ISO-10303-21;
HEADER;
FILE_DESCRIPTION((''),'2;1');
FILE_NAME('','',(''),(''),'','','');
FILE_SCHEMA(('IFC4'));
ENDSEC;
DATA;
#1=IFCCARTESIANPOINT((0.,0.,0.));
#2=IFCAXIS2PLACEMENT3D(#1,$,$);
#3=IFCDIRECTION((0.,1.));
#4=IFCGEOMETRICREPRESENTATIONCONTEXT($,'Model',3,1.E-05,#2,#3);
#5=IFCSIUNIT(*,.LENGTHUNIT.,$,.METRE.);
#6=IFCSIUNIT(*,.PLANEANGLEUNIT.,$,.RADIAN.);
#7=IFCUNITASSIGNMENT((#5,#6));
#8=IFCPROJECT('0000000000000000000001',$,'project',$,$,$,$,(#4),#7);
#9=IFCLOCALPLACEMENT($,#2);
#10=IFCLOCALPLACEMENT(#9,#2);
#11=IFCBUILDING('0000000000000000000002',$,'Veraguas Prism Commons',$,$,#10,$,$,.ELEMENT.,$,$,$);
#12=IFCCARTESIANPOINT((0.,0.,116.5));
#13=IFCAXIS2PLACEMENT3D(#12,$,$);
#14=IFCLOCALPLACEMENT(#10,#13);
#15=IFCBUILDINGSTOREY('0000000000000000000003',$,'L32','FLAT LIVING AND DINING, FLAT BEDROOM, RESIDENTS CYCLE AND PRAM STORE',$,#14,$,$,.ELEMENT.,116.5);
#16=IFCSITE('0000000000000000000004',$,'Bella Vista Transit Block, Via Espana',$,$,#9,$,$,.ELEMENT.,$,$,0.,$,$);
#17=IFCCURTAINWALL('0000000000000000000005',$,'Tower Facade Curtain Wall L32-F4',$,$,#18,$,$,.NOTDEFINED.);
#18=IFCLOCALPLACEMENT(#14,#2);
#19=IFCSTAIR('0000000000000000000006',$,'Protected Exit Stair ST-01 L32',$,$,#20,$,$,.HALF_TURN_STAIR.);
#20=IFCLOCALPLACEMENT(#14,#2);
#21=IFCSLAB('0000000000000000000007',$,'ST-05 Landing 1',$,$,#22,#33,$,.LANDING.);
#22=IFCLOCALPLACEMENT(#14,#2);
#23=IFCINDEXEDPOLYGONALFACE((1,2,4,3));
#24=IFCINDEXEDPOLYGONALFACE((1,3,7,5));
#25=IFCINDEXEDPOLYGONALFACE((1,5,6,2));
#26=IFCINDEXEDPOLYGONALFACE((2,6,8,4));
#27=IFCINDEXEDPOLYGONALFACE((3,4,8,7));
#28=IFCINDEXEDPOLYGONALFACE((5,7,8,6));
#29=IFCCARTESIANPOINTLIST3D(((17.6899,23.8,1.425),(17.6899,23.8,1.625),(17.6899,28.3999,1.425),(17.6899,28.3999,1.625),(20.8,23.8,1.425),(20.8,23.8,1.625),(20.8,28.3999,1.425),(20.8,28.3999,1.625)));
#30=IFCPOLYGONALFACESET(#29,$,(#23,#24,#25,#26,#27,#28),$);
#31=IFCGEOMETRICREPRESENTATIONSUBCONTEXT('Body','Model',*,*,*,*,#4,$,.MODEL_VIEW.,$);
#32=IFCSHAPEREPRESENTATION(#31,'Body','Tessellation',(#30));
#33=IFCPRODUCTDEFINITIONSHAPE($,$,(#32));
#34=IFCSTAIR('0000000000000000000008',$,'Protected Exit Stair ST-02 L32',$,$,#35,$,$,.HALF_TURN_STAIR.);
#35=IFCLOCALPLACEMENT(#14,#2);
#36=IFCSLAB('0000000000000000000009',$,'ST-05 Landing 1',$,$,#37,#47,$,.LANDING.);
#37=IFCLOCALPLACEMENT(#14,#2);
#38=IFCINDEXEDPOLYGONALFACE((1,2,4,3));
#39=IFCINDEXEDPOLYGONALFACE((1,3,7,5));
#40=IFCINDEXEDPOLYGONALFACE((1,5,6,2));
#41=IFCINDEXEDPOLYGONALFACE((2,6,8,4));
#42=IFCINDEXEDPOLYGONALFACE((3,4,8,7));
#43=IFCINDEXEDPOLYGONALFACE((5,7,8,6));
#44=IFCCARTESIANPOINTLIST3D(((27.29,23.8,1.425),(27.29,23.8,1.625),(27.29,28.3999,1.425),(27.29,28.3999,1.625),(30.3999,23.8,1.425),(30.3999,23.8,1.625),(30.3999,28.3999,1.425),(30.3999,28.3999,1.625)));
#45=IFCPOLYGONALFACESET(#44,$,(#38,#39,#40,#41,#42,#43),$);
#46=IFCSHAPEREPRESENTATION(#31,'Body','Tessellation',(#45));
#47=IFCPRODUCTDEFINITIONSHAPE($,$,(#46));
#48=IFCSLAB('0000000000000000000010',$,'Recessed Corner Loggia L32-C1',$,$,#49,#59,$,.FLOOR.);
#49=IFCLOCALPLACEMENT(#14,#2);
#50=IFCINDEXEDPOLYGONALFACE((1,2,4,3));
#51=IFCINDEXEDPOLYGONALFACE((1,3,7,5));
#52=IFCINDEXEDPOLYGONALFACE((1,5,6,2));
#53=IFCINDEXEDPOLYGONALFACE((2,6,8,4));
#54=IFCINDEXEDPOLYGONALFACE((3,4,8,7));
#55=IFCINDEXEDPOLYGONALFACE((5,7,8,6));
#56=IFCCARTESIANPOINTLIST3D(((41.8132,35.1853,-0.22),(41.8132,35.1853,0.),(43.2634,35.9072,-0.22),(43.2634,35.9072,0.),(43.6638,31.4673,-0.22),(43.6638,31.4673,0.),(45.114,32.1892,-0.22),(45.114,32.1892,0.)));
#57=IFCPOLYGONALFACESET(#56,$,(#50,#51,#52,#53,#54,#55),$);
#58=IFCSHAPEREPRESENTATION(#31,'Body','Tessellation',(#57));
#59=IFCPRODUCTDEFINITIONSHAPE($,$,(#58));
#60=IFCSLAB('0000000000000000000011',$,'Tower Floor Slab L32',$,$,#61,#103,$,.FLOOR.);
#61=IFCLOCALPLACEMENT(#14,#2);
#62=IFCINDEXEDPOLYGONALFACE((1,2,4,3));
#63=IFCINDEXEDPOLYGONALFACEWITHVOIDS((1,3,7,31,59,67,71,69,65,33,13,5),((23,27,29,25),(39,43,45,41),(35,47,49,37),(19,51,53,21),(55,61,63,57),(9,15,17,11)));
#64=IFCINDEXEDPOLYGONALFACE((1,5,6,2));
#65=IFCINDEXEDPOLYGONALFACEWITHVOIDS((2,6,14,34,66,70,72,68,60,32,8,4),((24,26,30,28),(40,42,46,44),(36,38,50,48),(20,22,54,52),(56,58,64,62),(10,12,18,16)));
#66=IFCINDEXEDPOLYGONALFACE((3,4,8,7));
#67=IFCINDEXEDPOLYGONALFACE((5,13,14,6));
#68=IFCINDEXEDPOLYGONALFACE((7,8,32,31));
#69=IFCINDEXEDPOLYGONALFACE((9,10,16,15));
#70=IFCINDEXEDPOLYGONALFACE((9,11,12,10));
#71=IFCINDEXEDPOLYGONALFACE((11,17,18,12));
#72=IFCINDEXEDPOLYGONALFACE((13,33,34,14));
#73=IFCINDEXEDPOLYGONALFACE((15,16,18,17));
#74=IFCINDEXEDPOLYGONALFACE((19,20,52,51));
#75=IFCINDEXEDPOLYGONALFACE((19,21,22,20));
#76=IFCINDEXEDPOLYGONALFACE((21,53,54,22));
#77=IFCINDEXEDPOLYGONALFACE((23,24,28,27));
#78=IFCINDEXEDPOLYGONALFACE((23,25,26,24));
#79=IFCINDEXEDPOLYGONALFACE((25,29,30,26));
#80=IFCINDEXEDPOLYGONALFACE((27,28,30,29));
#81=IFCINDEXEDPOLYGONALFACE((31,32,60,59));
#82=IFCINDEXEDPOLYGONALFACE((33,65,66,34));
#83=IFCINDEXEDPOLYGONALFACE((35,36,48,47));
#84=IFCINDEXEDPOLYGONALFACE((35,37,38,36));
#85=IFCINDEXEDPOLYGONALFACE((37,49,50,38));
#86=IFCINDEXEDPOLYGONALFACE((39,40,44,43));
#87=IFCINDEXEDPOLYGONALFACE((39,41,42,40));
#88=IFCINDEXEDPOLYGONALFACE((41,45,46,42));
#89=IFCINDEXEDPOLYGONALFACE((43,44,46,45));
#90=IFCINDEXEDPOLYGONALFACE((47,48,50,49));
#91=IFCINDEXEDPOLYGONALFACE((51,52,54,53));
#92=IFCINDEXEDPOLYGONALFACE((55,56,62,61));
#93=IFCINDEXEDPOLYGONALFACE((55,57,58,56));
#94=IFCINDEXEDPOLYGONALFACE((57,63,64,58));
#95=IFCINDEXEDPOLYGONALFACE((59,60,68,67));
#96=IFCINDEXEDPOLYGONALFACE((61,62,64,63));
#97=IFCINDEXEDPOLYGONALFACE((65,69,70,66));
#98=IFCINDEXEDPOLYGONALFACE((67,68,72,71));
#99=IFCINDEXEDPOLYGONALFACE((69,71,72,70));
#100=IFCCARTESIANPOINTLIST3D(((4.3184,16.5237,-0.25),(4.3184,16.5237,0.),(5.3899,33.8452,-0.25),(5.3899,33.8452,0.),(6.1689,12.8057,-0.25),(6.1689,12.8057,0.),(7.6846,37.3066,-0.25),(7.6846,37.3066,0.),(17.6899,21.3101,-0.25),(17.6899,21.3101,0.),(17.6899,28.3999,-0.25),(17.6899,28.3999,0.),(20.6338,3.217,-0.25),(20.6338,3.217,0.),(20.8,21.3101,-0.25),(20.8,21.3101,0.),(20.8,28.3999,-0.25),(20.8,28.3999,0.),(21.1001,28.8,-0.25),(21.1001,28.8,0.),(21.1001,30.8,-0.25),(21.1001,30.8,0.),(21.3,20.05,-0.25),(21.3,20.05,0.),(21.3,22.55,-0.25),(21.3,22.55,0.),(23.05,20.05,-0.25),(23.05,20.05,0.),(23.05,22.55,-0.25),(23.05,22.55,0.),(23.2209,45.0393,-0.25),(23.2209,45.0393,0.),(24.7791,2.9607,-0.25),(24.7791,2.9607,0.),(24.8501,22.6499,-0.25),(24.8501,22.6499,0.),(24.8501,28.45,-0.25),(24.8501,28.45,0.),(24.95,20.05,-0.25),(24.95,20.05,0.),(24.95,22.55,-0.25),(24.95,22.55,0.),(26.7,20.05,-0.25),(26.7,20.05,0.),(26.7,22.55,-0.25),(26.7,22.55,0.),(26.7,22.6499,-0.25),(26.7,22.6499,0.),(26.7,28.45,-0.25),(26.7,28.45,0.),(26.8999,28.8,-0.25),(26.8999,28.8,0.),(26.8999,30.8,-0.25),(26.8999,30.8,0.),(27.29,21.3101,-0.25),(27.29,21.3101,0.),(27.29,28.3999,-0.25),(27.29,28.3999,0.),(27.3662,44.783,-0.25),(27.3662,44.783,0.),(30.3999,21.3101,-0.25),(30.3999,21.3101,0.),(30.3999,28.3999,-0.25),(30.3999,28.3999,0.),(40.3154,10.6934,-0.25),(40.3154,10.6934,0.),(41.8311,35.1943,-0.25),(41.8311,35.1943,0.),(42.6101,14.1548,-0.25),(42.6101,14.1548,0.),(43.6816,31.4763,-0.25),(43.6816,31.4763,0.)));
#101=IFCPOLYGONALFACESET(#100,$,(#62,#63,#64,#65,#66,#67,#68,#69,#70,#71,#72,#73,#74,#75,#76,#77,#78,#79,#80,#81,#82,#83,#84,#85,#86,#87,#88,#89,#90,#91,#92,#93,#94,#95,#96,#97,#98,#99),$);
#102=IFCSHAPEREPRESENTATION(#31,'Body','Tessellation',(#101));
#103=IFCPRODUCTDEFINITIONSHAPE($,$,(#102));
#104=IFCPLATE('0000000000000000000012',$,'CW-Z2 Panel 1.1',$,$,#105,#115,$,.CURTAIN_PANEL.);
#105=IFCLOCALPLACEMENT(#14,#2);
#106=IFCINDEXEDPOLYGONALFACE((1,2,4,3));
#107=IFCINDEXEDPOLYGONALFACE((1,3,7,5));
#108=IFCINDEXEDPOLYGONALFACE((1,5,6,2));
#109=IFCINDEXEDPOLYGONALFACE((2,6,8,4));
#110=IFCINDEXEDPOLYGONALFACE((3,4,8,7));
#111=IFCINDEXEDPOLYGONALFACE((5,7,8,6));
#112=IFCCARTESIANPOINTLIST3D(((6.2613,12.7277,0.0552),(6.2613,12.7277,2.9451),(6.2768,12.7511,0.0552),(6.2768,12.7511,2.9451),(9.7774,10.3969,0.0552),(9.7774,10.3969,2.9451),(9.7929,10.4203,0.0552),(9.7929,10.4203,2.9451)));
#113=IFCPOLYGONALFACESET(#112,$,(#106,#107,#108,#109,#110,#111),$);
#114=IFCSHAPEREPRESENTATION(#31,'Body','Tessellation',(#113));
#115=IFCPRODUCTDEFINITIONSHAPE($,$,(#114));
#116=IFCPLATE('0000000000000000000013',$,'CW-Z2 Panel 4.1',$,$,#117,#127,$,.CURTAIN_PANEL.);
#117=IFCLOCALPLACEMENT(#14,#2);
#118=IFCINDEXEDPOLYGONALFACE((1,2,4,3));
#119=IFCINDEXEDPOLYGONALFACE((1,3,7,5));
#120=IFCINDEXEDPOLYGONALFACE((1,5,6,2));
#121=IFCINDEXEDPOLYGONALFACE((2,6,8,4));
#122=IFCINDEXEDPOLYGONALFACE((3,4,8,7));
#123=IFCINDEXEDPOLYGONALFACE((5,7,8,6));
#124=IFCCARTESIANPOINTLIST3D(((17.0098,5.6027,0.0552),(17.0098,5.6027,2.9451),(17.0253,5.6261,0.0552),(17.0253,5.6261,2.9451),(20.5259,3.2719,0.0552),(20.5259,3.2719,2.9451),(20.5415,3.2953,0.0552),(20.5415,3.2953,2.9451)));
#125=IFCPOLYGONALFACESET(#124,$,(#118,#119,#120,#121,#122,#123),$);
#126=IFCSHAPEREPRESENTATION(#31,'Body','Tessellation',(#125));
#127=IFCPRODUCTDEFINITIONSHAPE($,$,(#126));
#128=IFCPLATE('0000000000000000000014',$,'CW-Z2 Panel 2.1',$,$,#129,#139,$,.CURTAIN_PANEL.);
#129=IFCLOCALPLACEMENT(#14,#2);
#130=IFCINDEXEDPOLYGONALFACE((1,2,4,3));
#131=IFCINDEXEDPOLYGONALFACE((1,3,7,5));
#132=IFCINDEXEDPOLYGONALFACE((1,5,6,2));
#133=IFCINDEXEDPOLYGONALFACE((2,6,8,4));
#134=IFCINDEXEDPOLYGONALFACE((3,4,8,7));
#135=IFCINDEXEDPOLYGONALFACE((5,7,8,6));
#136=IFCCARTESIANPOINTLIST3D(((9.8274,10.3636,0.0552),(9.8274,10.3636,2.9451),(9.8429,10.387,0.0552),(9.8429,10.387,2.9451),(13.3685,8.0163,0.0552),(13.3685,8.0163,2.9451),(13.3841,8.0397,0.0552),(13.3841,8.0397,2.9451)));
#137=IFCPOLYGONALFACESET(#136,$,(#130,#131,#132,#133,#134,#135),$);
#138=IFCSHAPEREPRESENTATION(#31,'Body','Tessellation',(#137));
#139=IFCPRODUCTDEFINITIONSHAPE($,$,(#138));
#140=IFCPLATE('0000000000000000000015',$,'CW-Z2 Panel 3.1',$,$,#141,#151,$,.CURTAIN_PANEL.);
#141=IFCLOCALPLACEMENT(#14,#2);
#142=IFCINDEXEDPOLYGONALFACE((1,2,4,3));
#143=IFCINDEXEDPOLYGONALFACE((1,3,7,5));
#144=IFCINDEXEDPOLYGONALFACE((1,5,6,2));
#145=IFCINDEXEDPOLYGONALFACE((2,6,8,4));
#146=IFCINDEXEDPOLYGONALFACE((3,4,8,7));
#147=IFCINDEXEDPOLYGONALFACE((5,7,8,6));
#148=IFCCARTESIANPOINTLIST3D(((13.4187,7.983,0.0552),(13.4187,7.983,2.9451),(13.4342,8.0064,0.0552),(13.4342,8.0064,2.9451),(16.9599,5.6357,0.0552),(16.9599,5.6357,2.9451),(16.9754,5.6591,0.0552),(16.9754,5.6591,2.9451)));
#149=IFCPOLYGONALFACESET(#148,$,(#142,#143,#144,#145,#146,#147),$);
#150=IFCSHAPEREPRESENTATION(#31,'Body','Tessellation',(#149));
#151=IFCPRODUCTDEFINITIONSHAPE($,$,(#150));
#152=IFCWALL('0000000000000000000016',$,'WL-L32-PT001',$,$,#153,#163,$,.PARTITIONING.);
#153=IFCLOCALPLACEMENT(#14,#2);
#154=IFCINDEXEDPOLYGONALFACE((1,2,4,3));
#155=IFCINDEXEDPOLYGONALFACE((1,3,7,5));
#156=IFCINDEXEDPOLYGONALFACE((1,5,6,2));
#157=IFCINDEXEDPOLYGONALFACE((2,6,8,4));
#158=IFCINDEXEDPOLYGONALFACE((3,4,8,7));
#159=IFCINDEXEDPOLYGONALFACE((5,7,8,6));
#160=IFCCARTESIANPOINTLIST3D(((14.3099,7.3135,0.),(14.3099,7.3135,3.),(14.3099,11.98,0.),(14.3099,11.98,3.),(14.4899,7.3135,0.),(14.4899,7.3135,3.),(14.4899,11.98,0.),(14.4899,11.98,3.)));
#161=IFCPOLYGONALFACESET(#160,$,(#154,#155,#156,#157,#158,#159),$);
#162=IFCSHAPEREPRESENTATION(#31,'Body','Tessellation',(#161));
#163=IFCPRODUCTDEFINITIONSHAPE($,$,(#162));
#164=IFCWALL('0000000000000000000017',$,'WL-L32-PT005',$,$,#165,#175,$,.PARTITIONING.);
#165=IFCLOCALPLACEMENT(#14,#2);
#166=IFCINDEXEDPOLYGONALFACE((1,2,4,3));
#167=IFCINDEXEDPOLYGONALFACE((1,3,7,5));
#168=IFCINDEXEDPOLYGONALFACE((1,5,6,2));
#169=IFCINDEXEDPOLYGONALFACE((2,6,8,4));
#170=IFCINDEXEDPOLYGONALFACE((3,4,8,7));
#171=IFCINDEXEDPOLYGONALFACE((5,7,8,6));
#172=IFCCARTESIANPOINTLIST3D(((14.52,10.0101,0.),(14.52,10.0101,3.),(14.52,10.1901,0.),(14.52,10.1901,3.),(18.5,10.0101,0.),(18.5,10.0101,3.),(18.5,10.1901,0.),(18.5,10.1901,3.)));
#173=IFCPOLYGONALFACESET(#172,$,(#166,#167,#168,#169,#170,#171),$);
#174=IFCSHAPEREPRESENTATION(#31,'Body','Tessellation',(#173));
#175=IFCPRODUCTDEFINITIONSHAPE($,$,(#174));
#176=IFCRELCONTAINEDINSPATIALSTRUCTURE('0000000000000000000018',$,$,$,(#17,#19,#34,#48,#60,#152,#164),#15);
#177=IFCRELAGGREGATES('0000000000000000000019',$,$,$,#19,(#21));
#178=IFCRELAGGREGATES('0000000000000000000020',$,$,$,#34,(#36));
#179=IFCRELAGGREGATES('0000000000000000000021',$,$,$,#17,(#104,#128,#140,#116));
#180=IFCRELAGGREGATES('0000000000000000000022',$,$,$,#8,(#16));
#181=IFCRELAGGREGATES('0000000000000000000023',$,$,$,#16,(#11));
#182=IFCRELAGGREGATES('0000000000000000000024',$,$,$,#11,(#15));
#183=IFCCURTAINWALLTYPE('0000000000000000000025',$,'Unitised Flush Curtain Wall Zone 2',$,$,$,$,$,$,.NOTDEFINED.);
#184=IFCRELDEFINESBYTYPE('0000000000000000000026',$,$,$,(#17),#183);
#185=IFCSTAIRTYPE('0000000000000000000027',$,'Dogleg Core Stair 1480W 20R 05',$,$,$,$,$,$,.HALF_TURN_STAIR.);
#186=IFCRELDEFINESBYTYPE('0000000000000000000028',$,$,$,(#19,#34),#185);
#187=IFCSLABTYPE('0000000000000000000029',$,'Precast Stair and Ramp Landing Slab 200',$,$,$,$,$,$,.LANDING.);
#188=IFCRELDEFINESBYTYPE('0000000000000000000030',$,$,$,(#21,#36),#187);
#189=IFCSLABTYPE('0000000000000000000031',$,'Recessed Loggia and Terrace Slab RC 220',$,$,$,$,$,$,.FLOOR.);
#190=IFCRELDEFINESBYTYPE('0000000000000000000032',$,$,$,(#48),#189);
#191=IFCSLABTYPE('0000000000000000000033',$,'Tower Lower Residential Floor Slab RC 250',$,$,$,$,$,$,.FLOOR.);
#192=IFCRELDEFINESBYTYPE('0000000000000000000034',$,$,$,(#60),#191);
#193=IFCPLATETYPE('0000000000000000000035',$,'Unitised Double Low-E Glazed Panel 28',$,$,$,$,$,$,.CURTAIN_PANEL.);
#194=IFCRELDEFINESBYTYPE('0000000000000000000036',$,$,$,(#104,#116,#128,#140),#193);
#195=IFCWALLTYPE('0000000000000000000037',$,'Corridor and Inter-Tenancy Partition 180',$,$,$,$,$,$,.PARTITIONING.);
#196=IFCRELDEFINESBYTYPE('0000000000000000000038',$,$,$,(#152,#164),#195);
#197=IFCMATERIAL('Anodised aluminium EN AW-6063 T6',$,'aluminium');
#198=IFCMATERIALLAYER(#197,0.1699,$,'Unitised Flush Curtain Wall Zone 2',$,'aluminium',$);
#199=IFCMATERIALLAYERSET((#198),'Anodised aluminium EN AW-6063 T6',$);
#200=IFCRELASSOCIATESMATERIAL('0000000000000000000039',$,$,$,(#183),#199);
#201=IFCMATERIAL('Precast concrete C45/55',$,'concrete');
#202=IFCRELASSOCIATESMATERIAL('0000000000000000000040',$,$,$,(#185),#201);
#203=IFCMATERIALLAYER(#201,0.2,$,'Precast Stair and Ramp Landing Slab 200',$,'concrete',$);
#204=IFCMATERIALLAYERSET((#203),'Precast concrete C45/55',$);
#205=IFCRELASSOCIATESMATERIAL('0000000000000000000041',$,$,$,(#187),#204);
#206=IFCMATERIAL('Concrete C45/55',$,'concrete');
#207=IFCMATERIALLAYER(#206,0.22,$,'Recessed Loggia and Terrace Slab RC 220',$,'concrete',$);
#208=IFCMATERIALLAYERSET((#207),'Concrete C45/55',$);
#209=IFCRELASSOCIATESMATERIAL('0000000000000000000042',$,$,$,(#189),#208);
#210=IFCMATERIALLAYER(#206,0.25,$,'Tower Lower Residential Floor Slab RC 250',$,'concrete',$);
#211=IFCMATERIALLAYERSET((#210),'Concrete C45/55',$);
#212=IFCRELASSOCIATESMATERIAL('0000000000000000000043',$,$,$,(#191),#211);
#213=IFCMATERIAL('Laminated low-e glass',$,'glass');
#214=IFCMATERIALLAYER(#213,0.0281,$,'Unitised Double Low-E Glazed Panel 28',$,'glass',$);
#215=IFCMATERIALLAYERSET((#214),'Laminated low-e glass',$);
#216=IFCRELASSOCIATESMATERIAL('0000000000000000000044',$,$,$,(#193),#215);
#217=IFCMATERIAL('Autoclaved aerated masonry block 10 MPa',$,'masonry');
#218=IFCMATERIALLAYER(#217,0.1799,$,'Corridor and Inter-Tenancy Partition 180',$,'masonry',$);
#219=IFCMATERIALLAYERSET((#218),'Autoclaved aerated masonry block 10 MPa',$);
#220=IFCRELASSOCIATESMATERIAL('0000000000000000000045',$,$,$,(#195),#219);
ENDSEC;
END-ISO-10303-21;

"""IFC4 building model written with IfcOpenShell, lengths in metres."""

from ifc_helpers import new_model, si_unit, direction, frame, frame_2d, origin, origin_2d, place, context, subcontext, project, spatial, polyline, rectangle, outline, extrude, source, transform, mapped, material, layer, layer_set, type_object, element, aggregate, save


model = new_model("IFC4")

# Units and contexts
model_context = context("Model", 3, precision=1e-05, world=origin(), true_north=direction((0.0, 1.0)))
body_context = subcontext(model_context, "Body", "Model", "MODEL_VIEW")
ifc_project = project(units=[si_unit("LENGTHUNIT", "METRE"), si_unit("PLANEANGLEUNIT", "RADIAN")], contexts=[model_context])

# Site, building, storey
site_placement = place(None, origin())
site = spatial("IfcSite", under=ifc_project, at=site_placement, Name="Bella Vista Transit Block, Via Espana", CompositionType="ELEMENT", RefElevation=0.0)
building_placement = place(site_placement, origin())
building = spatial("IfcBuilding", under=site, at=building_placement, Name="Veraguas Prism Commons", CompositionType="ELEMENT")
storey_placement = place(building_placement, frame((0.0, 0.0, 116.5)))
storey = spatial("IfcBuildingStorey", under=building, at=storey_placement, Name="L32", Description="FLAT LIVING AND DINING, FLAT BEDROOM, RESIDENTS CYCLE AND PRAM STORE", CompositionType="ELEMENT", Elevation=116.5)

# Curtain wall
ifc_material_1 = material(Name="Anodised aluminium EN AW-6063 T6", Category="aluminium")
ifc_layer_1 = layer(ifc_material_1, 0.1699, Name="Unitised Flush Curtain Wall Zone 2", Category="aluminium")
ifc_layer_set_1 = layer_set([ifc_layer_1], Name="Anodised aluminium EN AW-6063 T6")
curtain_wall_type = type_object("IfcCurtainWallType", Name="Unitised Flush Curtain Wall Zone 2", PredefinedType="NOTDEFINED", material=ifc_layer_set_1)
curtain_wall_1_placement = place(storey_placement, origin())
curtain_wall_1 = element("IfcCurtainWall", 1, at=curtain_wall_1_placement, inside=storey, type_object=curtain_wall_type, Name="Tower Facade Curtain Wall L32-F4", PredefinedType="NOTDEFINED")

# Stairs, slabs
ifc_material_2 = material(Name="Precast concrete C45/55", Category="concrete")
stair_type = type_object("IfcStairType", Name="Dogleg Core Stair 1480W 20R 05", PredefinedType="HALF_TURN_STAIR", material=ifc_material_2)
stair_1_placement = place(storey_placement, origin())
stair_1 = element("IfcStair", 2, at=stair_1_placement, inside=storey, type_object=stair_type, Name="Protected Exit Stair ST-01 L32", PredefinedType="HALF_TURN_STAIR")
ifc_layer_2 = layer(ifc_material_2, 0.2, Name="Precast Stair and Ramp Landing Slab 200", Category="concrete")
ifc_layer_set_2 = layer_set([ifc_layer_2], Name="Precast concrete C45/55")
slab_type_1 = type_object("IfcSlabType", Name="Precast Stair and Ramp Landing Slab 200", PredefinedType="LANDING", material=ifc_layer_set_2)
slab_1_placement = place(storey_placement, frame((0.0, 0.0, 1.425)))
slab_1 = element("IfcSlab", 3, at=slab_1_placement, type_object=slab_type_1, Name="ST-05 Landing 1", PredefinedType="LANDING", context=body_context, shape_type="SweptSolid", body=[
    extrude(outline(polyline([(20.8, 23.8), (20.8, 28.3999), (17.6899, 28.3999), (17.6899, 23.8), (20.8, 23.8)])), origin(), (0.0, 0.0, 1.0), 0.2),
])
aggregate(stair_1, [slab_1])
stair_2_placement = place(storey_placement, origin())
stair_2 = element("IfcStair", 4, at=stair_2_placement, inside=storey, type_object=stair_type, Name="Protected Exit Stair ST-02 L32", PredefinedType="HALF_TURN_STAIR")
slab_2_placement = place(storey_placement, frame((0.0, 0.0, 1.425)))
slab_2 = element("IfcSlab", 5, at=slab_2_placement, type_object=slab_type_1, Name="ST-05 Landing 1", PredefinedType="LANDING", context=body_context, shape_type="SweptSolid", body=[
    extrude(outline(polyline([(30.3999, 23.8), (30.3999, 28.3999), (27.29, 28.3999), (27.29, 23.8), (30.3999, 23.8)])), origin(), (0.0, 0.0, 1.0), 0.2),
])
aggregate(stair_2, [slab_2])

# Slabs
ifc_material_3 = material(Name="Concrete C45/55", Category="concrete")
ifc_layer_3 = layer(ifc_material_3, 0.22, Name="Recessed Loggia and Terrace Slab RC 220", Category="concrete")
ifc_layer_set_3 = layer_set([ifc_layer_3], Name="Concrete C45/55")
slab_type_2 = type_object("IfcSlabType", Name="Recessed Loggia and Terrace Slab RC 220", PredefinedType="FLOOR", material=ifc_layer_set_3)
slab_3_placement = place(storey_placement, frame((0.0, 0.0, -0.22)))
element("IfcSlab", 6, at=slab_3_placement, inside=storey, type_object=slab_type_2, Name="Recessed Corner Loggia L32-C1", PredefinedType="FLOOR", context=body_context, shape_type="SweptSolid", body=[
    extrude(outline(polyline([(43.6638, 31.4673), (45.114, 32.1892), (43.2634, 35.9072), (41.8132, 35.1853), (43.6638, 31.4673)])), origin(), (0.0, 0.0, 1.0), 0.22),
])
ifc_layer_4 = layer(ifc_material_3, 0.25, Name="Tower Lower Residential Floor Slab RC 250", Category="concrete")
ifc_layer_set_4 = layer_set([ifc_layer_4], Name="Concrete C45/55")
slab_type_3 = type_object("IfcSlabType", Name="Tower Lower Residential Floor Slab RC 250", PredefinedType="FLOOR", material=ifc_layer_set_4)
slab_4_placement = place(storey_placement, frame((0.0, 0.0, -0.25)))
element("IfcSlab", 7, at=slab_4_placement, inside=storey, type_object=slab_type_3, Name="Tower Floor Slab L32", PredefinedType="FLOOR", context=body_context, shape_type="SweptSolid", body=[
    extrude(outline(polyline([(43.6816, 31.4763), (41.8311, 35.1943), (27.3662, 44.783), (23.2209, 45.0393), (7.6846, 37.3066), (5.3899, 33.8452), (4.3184, 16.5237), (6.1689, 12.8057), (20.6338, 3.217), (24.7791, 2.9607), (40.3154, 10.6934), (42.6101, 14.1548), (43.6816, 31.4763)]), holes=[polyline([(20.8, 21.3101), (20.8, 28.3999), (17.6899, 28.3999), (17.6899, 21.3101), (20.8, 21.3101)]), polyline([(30.3999, 21.3101), (30.3999, 28.3999), (27.29, 28.3999), (27.29, 21.3101), (30.3999, 21.3101)]), polyline([(24.8501, 22.6499), (26.7, 22.6499), (26.7, 28.45), (24.8501, 28.45), (24.8501, 22.6499)]), polyline([(21.1001, 28.8), (26.8999, 28.8), (26.8999, 30.8), (21.1001, 30.8), (21.1001, 28.8)]), polyline([(21.3, 20.05), (23.05, 20.05), (23.05, 22.55), (21.3, 22.55), (21.3, 20.05)]), polyline([(24.95, 20.05), (26.7, 20.05), (26.7, 22.55), (24.95, 22.55), (24.95, 20.05)])]), origin(), (0.0, 0.0, 1.0), 0.25),
])

# Plates
ifc_material_4 = material(Name="Laminated low-e glass", Category="glass")
ifc_layer_5 = layer(ifc_material_4, 0.0281, Name="Unitised Double Low-E Glazed Panel 28", Category="glass")
ifc_layer_set_5 = layer_set([ifc_layer_5], Name="Laminated low-e glass")
plate_type = type_object("IfcPlateType", Name="Unitised Double Low-E Glazed Panel 28", PredefinedType="CURTAIN_PANEL", material=ifc_layer_set_5)
shared_shape_1 = source(origin(), body_context, "Body", "SweptSolid", [
    extrude(rectangle(XDim=4.2185, YDim=0.0281, at=origin_2d()), origin(), (0.0, 0.0, 1.0), 2.8899),
])
plate_1_placement = place(storey_placement, frame((8.0271, 11.574, 0.0552), z_axis=(0.0, 0.0, 1.0), x_axis=(0.833504, -0.552513, 0.0)))
plate_1 = element("IfcPlate", 8, at=plate_1_placement, type_object=plate_type, Name="CW-Z2 Panel 1.1", PredefinedType="CURTAIN_PANEL", context=body_context, shape_type="MappedRepresentation", body=[
    mapped(shared_shape_1, transform((0.0, 0.0, 0.0), scale=1.0)),
])
plate_2_placement = place(storey_placement, frame((18.7756, 4.449, 0.0552), z_axis=(0.0, 0.0, 1.0), x_axis=(0.833504, -0.552513, 0.0)))
plate_2 = element("IfcPlate", 9, at=plate_2_placement, type_object=plate_type, Name="CW-Z2 Panel 4.1", PredefinedType="CURTAIN_PANEL", context=body_context, shape_type="MappedRepresentation", body=[
    mapped(shared_shape_1, transform((0.0, 0.0, 0.0), scale=1.0)),
])
shared_shape_2 = source(origin(), body_context, "Body", "SweptSolid", [
    extrude(rectangle(XDim=4.2485, YDim=0.0281, at=origin_2d()), origin(), (0.0, 0.0, 1.0), 2.8899),
])
plate_3_placement = place(storey_placement, frame((11.6057, 9.2017, 0.0552), z_axis=(0.0, 0.0, 1.0), x_axis=(0.833504, -0.552513, 0.0)))
plate_3 = element("IfcPlate", 10, at=plate_3_placement, type_object=plate_type, Name="CW-Z2 Panel 2.1", PredefinedType="CURTAIN_PANEL", context=body_context, shape_type="MappedRepresentation", body=[
    mapped(shared_shape_2, transform((0.0, 0.0, 0.0), scale=1.0)),
])
plate_4_placement = place(storey_placement, frame((15.197, 6.821, 0.0552), z_axis=(0.0, 0.0, 1.0), x_axis=(0.833504, -0.552513, 0.0)))
plate_4 = element("IfcPlate", 11, at=plate_4_placement, type_object=plate_type, Name="CW-Z2 Panel 3.1", PredefinedType="CURTAIN_PANEL", context=body_context, shape_type="MappedRepresentation", body=[
    mapped(shared_shape_2, transform((0.0, 0.0, 0.0), scale=1.0)),
])
aggregate(curtain_wall_1, [plate_1, plate_3, plate_4, plate_2])

# Walls
ifc_material_5 = material(Name="Autoclaved aerated masonry block 10 MPa", Category="masonry")
ifc_layer_6 = layer(ifc_material_5, 0.1799, Name="Corridor and Inter-Tenancy Partition 180", Category="masonry")
ifc_layer_set_6 = layer_set([ifc_layer_6], Name="Autoclaved aerated masonry block 10 MPa")
wall_type_1 = type_object("IfcWallType", Name="Corridor and Inter-Tenancy Partition 180", PredefinedType="PARTITIONING", material=ifc_layer_set_6)
wall_1_placement = place(storey_placement, frame((14.3999, 11.98, 0.0), z_axis=(0.0, 0.0, 1.0), x_axis=(0.0, -1.0, 0.0)))
element("IfcWall", 12, at=wall_1_placement, inside=storey, type_object=wall_type_1, Name="WL-L32-PT001", PredefinedType="PARTITIONING", context=body_context, shape_type="SweptSolid", body=[
    extrude(rectangle(XDim=4.6665, YDim=0.1799, at=frame_2d((2.3333, 0.0))), origin(), (0.0, 0.0, 1.0), 3.0),
])
wall_2_placement = place(storey_placement, frame((14.52, 10.1001, 0.0), z_axis=(0.0, 0.0, 1.0), x_axis=(1.0, 0.0, 0.0)))
element("IfcWall", 13, at=wall_2_placement, inside=storey, type_object=wall_type_1, Name="WL-L32-PT005", PredefinedType="PARTITIONING", context=body_context, shape_type="SweptSolid", body=[
    extrude(rectangle(XDim=3.98, YDim=0.1799, at=frame_2d((1.99, 0.0))), origin(), (0.0, 0.0, 1.0), 3.0),
])

save(model, "model.ifc")
